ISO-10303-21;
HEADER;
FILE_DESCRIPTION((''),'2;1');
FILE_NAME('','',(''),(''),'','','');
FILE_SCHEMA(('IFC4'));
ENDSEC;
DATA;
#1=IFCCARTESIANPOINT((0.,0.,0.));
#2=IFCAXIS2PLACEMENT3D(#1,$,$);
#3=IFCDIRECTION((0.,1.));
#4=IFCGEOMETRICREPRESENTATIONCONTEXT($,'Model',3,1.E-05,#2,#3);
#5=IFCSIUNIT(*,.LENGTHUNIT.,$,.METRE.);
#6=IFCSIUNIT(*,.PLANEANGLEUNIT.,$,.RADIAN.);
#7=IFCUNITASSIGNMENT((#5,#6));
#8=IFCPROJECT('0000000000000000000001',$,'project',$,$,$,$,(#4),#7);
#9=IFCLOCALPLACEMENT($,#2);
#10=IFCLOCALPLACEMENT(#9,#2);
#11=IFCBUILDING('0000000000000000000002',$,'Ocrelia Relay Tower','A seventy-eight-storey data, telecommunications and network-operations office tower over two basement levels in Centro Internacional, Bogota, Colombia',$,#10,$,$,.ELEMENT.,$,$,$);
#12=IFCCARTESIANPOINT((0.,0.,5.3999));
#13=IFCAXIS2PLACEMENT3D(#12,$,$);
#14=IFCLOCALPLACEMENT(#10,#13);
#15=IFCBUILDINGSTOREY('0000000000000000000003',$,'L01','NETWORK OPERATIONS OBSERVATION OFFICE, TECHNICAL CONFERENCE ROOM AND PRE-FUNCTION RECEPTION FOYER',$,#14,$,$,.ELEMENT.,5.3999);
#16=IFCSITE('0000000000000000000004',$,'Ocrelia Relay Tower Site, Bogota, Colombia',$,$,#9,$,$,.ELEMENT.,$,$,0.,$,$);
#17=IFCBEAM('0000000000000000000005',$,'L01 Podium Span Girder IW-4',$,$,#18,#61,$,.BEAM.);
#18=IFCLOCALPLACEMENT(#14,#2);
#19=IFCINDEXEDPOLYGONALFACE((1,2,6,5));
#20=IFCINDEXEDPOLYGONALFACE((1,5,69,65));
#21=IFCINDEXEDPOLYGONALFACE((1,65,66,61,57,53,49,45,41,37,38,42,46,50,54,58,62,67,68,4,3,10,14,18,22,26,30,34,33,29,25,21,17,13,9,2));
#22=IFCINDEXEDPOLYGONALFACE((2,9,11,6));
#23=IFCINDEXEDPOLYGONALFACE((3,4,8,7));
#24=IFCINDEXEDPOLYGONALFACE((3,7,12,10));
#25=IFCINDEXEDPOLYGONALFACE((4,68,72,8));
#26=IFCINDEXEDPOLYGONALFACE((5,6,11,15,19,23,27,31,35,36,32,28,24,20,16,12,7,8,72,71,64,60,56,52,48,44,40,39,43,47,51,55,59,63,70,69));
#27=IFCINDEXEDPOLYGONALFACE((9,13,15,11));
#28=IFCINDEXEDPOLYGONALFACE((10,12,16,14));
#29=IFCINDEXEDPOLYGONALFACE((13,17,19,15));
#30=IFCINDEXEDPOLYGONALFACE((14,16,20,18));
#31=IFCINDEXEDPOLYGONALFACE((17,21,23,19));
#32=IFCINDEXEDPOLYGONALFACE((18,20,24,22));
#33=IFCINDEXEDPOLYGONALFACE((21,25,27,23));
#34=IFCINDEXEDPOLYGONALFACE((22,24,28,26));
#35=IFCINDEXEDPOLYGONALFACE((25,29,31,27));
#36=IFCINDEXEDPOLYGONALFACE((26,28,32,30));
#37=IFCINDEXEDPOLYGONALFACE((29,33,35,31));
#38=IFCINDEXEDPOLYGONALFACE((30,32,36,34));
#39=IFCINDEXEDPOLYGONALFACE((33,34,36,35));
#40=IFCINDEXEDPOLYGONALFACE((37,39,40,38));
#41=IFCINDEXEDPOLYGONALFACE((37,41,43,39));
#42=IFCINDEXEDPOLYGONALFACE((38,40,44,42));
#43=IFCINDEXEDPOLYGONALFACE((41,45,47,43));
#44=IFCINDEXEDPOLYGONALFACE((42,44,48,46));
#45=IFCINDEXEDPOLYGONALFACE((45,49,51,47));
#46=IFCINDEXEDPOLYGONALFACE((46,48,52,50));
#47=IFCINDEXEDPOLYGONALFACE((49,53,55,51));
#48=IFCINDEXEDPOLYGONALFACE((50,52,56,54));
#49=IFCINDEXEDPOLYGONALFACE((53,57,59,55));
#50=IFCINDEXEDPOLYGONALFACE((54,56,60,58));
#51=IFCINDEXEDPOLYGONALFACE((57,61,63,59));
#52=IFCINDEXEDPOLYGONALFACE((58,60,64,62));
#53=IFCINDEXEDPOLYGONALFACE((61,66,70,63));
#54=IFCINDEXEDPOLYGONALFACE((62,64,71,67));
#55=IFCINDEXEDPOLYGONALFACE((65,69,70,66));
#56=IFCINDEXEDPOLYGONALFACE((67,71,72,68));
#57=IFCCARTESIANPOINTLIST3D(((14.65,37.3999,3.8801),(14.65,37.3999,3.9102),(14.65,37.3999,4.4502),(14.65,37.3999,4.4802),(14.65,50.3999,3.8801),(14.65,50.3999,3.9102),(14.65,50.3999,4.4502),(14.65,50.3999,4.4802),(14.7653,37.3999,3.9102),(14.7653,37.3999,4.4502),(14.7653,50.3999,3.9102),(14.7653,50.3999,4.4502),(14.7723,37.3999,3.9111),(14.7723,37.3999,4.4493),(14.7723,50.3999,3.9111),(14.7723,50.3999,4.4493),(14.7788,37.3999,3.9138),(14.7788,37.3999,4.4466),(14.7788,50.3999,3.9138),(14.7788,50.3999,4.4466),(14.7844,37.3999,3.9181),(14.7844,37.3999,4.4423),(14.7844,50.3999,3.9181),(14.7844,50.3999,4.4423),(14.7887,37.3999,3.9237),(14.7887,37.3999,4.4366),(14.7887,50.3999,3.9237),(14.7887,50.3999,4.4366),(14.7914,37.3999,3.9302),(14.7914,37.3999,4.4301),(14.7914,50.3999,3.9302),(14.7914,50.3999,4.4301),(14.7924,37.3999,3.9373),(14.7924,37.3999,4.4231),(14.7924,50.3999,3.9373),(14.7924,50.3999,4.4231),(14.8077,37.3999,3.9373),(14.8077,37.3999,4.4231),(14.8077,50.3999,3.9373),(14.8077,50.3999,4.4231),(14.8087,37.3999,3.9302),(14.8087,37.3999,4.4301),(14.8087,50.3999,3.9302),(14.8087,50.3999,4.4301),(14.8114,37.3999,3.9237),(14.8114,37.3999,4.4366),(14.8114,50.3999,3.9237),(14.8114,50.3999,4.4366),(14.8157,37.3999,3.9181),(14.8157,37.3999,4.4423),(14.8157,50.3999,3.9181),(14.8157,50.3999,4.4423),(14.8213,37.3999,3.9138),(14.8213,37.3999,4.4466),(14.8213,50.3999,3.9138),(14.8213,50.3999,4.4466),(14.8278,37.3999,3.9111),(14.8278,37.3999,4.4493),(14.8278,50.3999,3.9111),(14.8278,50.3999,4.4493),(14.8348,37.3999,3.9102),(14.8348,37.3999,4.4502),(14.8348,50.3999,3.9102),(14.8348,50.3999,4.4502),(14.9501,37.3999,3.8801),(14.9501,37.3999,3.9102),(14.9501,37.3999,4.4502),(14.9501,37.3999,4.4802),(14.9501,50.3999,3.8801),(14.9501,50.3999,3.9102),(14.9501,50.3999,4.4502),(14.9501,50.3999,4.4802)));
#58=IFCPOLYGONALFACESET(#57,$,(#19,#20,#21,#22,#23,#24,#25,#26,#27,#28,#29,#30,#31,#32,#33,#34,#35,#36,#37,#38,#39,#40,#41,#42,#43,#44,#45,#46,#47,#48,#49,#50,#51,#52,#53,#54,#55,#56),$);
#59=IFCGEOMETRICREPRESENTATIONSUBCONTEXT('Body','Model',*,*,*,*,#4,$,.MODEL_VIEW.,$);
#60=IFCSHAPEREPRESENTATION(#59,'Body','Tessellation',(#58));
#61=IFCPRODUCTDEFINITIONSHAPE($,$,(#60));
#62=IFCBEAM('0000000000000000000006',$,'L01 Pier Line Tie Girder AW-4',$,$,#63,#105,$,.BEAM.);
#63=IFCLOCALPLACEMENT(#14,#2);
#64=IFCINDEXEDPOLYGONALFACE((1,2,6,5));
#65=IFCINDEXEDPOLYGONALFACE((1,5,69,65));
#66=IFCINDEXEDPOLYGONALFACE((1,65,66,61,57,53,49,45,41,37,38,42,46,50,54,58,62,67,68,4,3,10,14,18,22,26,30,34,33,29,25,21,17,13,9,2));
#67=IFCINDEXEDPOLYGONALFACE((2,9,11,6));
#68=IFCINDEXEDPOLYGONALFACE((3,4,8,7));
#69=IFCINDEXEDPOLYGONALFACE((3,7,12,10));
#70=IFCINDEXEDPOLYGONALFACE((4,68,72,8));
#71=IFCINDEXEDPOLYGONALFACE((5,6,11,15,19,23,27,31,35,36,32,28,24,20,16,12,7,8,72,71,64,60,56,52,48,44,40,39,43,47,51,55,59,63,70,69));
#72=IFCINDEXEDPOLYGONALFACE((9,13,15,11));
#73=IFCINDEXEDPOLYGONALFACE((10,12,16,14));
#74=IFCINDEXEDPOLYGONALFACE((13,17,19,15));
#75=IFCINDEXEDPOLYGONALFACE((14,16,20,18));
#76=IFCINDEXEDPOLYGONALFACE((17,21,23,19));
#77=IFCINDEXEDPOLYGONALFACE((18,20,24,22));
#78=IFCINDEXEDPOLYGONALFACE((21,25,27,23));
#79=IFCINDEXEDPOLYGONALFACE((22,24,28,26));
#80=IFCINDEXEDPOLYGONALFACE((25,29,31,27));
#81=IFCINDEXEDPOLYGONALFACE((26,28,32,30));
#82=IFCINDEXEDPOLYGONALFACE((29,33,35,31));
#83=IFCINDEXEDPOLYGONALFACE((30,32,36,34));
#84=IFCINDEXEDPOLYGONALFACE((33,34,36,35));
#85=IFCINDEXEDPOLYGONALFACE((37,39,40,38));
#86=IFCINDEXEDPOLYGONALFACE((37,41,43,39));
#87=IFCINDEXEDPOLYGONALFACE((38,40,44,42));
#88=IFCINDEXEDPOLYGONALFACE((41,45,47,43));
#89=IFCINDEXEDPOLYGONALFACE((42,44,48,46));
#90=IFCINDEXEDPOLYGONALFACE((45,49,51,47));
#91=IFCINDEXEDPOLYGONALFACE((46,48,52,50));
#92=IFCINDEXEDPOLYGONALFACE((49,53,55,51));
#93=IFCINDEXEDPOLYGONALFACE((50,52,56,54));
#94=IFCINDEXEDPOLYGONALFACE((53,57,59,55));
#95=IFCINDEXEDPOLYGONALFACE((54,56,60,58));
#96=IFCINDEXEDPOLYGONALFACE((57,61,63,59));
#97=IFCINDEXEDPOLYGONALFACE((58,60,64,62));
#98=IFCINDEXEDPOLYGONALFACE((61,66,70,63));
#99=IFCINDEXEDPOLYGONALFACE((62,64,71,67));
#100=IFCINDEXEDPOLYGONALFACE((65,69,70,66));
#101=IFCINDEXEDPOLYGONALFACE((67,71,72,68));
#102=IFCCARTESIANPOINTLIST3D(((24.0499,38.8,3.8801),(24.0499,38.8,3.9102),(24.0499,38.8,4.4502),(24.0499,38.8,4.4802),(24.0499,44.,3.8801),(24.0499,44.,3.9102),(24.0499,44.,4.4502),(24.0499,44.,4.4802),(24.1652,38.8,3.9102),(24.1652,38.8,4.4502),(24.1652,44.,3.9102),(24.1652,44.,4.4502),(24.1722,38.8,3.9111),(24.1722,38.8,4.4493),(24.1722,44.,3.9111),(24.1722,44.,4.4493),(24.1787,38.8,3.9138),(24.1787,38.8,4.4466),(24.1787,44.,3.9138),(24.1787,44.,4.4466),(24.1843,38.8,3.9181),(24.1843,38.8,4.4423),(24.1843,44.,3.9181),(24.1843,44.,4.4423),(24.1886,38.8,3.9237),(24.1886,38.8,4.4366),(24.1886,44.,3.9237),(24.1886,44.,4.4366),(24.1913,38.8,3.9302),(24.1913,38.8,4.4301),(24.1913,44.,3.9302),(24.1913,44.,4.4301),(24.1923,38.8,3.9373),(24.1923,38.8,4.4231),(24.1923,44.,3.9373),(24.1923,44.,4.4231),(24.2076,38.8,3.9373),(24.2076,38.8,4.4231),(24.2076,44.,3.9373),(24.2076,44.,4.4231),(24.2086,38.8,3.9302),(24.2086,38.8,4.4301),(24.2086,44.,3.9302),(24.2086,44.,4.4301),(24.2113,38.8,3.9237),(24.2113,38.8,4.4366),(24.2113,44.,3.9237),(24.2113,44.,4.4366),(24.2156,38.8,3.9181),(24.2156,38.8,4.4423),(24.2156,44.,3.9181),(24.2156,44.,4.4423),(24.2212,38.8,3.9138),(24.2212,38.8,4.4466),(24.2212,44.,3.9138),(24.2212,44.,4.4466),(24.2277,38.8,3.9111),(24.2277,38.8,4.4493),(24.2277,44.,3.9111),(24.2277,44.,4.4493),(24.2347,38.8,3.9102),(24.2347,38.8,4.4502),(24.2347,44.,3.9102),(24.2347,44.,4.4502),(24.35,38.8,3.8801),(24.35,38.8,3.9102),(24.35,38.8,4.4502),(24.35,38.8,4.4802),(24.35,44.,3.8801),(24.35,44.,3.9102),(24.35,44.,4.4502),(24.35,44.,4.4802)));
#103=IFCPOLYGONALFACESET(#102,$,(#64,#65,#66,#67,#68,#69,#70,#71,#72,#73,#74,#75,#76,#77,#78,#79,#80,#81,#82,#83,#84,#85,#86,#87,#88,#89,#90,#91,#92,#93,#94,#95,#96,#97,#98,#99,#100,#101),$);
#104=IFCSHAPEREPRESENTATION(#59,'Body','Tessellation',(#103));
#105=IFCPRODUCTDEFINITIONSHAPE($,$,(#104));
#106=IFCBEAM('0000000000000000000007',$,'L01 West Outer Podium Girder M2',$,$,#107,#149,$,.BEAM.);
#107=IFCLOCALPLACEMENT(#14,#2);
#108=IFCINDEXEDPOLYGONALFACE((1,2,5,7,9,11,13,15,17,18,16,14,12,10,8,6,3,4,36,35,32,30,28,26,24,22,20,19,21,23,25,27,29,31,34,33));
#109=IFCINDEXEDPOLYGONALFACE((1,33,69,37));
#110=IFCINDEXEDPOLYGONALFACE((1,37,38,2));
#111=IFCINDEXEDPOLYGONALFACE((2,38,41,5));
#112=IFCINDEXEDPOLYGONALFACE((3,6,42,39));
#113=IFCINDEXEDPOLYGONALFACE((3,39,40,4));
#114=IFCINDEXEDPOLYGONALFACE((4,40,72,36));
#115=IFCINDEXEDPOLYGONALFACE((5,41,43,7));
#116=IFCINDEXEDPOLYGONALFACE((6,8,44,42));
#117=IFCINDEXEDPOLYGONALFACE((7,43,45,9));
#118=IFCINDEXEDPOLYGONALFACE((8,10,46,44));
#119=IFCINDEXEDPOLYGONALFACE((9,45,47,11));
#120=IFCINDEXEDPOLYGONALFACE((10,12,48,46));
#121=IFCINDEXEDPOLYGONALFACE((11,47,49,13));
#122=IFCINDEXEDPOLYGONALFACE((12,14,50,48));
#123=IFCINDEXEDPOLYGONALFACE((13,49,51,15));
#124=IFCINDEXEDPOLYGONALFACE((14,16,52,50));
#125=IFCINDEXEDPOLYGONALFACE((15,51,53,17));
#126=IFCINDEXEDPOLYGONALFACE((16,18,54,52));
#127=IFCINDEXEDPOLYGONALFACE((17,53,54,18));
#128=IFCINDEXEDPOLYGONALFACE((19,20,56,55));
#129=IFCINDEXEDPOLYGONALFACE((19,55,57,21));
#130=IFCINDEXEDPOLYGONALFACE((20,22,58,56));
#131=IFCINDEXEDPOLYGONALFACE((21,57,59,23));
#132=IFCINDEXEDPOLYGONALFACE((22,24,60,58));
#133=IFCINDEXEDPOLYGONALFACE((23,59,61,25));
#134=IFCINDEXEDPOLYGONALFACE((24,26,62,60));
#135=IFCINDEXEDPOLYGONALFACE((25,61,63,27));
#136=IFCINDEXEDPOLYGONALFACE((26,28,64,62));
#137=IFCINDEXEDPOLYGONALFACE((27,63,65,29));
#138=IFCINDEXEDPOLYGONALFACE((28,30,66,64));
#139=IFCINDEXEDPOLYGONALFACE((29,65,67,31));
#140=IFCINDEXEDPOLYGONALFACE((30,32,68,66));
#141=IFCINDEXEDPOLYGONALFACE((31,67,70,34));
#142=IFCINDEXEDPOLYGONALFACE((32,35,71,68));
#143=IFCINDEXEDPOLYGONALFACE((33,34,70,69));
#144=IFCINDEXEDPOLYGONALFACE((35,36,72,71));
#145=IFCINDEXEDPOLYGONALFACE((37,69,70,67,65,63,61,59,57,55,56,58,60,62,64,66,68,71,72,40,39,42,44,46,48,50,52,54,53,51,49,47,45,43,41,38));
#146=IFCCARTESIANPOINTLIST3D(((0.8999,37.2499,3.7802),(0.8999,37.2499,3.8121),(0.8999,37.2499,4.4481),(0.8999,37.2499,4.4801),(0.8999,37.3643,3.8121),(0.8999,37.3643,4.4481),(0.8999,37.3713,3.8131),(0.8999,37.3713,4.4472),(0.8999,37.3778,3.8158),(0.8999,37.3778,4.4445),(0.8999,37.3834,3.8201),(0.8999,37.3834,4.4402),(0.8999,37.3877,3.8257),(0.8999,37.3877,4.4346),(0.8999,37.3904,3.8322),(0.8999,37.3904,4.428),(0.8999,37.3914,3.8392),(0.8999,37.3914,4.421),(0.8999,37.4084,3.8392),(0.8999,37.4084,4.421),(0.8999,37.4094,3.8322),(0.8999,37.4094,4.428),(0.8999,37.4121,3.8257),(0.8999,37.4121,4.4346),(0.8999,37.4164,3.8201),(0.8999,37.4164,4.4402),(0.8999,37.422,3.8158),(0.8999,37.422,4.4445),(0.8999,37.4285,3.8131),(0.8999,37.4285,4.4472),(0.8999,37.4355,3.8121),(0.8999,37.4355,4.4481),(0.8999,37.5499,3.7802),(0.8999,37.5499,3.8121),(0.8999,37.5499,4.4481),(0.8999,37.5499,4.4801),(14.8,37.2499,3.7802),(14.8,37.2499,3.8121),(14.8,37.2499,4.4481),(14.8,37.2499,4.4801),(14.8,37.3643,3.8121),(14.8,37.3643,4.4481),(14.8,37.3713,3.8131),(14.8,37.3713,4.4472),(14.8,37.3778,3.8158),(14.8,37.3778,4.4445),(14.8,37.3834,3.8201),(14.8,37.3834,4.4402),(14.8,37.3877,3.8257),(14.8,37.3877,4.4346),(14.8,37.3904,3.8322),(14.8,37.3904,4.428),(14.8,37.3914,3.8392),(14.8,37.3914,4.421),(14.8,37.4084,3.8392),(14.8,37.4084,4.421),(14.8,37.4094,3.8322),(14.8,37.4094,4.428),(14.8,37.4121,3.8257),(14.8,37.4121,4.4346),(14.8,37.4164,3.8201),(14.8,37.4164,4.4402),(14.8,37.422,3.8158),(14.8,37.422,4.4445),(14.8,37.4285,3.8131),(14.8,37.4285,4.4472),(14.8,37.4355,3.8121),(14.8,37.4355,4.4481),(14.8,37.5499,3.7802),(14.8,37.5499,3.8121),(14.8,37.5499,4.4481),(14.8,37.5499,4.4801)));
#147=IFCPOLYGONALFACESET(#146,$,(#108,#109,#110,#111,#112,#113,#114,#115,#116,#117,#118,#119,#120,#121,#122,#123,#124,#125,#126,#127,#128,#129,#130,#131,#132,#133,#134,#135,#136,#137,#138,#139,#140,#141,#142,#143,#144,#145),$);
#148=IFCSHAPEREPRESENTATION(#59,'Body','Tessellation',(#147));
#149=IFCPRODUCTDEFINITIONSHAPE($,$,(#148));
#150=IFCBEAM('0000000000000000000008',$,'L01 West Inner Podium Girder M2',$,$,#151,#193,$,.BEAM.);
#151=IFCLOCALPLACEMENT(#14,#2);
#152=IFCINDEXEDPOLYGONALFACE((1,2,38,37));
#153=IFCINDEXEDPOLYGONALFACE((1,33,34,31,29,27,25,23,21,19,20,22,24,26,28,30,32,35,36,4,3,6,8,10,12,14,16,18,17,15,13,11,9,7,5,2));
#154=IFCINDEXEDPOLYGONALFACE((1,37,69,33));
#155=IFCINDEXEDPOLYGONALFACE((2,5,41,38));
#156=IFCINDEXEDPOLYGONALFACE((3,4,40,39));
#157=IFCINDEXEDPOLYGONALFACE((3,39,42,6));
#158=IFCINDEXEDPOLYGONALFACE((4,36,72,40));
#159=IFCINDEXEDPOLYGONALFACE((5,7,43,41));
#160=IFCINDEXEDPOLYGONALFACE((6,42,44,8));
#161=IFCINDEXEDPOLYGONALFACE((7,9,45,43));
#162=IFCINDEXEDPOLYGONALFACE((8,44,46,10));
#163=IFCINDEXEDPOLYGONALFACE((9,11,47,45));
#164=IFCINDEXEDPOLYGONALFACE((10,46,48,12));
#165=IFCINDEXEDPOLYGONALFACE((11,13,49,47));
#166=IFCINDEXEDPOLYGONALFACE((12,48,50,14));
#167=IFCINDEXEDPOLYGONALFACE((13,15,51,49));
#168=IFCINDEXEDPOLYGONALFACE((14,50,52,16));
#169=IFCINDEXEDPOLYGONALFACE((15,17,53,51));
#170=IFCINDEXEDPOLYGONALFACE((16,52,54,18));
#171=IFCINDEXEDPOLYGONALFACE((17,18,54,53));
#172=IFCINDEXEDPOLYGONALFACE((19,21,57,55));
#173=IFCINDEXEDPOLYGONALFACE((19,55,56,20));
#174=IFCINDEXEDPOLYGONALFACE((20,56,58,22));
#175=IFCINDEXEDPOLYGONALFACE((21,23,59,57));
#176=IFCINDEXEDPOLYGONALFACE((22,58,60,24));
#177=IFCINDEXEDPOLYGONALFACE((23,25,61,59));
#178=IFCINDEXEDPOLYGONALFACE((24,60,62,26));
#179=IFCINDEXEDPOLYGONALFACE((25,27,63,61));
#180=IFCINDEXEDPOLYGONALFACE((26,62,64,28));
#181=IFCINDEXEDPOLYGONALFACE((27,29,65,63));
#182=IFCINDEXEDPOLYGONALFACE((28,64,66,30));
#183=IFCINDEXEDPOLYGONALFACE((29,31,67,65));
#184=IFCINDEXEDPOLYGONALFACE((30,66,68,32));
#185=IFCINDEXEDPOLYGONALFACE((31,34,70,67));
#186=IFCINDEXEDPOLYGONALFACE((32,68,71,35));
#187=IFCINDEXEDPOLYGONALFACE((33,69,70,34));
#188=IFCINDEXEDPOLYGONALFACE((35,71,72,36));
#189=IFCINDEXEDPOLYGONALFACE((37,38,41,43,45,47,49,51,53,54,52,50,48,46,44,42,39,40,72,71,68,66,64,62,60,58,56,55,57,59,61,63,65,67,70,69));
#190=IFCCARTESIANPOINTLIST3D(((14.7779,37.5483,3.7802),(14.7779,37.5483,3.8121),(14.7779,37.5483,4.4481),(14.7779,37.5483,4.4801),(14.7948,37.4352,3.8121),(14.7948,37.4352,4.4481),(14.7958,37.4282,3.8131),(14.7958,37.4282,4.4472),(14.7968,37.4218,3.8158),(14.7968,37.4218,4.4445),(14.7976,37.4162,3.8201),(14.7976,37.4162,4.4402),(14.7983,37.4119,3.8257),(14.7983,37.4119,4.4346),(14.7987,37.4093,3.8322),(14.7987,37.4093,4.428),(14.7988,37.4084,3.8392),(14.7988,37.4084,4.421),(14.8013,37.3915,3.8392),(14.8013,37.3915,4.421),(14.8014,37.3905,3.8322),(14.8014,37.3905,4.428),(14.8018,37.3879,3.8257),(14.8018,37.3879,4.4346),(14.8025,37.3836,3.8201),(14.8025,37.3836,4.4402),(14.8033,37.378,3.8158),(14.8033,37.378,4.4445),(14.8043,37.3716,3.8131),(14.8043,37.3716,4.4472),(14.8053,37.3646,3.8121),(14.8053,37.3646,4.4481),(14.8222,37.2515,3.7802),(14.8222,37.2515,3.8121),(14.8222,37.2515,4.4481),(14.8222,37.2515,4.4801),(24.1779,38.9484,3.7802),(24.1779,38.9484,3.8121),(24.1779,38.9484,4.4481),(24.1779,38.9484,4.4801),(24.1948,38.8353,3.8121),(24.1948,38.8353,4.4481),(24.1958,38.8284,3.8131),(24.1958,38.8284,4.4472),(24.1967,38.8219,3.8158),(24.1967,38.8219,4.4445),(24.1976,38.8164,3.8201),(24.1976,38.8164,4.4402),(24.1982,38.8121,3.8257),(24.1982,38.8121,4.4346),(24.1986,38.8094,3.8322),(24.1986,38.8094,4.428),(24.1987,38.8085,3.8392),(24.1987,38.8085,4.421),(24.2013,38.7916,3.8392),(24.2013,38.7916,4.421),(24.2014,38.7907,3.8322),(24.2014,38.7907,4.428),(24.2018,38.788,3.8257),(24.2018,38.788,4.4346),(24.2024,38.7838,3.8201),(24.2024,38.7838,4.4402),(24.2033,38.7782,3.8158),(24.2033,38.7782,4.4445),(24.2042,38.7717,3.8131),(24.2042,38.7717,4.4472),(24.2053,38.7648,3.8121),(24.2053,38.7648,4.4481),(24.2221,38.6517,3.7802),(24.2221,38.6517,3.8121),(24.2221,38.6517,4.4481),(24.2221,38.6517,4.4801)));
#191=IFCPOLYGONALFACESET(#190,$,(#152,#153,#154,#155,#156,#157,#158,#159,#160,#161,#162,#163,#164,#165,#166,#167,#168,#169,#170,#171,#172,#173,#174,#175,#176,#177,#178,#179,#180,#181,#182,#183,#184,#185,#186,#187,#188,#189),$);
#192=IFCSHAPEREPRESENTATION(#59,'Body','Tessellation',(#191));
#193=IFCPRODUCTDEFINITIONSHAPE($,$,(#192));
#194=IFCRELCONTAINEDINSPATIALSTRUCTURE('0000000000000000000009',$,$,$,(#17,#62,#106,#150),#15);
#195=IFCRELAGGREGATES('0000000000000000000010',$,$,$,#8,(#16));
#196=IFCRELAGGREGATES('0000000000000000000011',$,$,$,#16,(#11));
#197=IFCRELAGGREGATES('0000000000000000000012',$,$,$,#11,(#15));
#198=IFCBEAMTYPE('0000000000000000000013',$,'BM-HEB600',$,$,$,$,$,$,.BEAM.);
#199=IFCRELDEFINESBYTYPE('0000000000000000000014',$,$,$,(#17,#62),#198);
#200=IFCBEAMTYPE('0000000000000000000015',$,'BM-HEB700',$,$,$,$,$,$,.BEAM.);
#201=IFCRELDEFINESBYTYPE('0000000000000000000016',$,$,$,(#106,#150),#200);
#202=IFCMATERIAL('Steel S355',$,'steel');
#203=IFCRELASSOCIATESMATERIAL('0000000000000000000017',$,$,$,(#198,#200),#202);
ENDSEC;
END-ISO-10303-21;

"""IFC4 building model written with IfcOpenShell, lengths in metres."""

from ifc_helpers import new_model, si_unit, direction, frame, origin, origin_2d, place, context, subcontext, project, spatial, i_section, extrude, material, material_profile, profile_set, type_object, element, save


model = new_model("IFC4")

# Units and contexts
model_context = context("Model", 3, precision=1e-05, world=origin(), true_north=direction((0.0, 1.0)))
body_context = subcontext(model_context, "Body", "Model", "MODEL_VIEW")
ifc_project = project(units=[si_unit("LENGTHUNIT", "METRE"), si_unit("PLANEANGLEUNIT", "RADIAN")], contexts=[model_context])

# Site, building, storey
site_placement = place(None, origin())
site = spatial("IfcSite", under=ifc_project, at=site_placement, Name="Ocrelia Relay Tower Site, Bogota, Colombia", CompositionType="ELEMENT", RefElevation=0.0)
building_placement = place(site_placement, origin())
building = spatial("IfcBuilding", under=site, at=building_placement, Name="Ocrelia Relay Tower", Description="A seventy-eight-storey data, telecommunications and network-operations office tower over two basement levels in Centro Internacional, Bogota, Colombia", CompositionType="ELEMENT")
storey_placement = place(building_placement, frame((0.0, 0.0, 5.3999)))
storey = spatial("IfcBuildingStorey", under=building, at=storey_placement, Name="L01", Description="NETWORK OPERATIONS OBSERVATION OFFICE, TECHNICAL CONFERENCE ROOM AND PRE-FUNCTION RECEPTION FOYER", CompositionType="ELEMENT", Elevation=5.3999)

# Beams
ifc_material_1 = material(Name="Steel S355", Category="steel")
ifc_material_profile_1 = material_profile(ifc_material_1, i_section(OverallWidth=0.3, OverallDepth=0.6001, WebThickness=0.0154, FlangeThickness=0.03, FilletRadius=0.0271, at=origin_2d()), Name="HEB 600")
ifc_profile_set_1 = profile_set([ifc_material_profile_1], Name="Steel S355")
beam_type_1 = type_object("IfcBeamType", Name="BM-HEB600", PredefinedType="BEAM", material=ifc_profile_set_1)
for number, where, z_axis, x_axis, name in (
    (1, (14.8, 37.3999, 4.1802), (0.0, 1.0, 0.0), (-1.0, 0.0, 0.0), "L01 Podium Span Girder IW-4"),
):
    element("IfcBeam", number, at=place(storey_placement, frame(where, z_axis=z_axis, x_axis=x_axis)), inside=storey, type_object=beam_type_1, Name=name, PredefinedType="BEAM", context=body_context, shape_type="SweptSolid", body=[
        extrude(i_section(OverallWidth=0.3, OverallDepth=0.6001, WebThickness=0.0154, FlangeThickness=0.03, FilletRadius=0.0271, at=origin_2d()), origin(), (0.0, 0.0, 1.0), 13.0),
    ])
beam_1_placement = place(storey_placement, frame((24.2, 38.8, 4.1802), z_axis=(0.0, 1.0, 0.0), x_axis=(-1.0, 0.0, 0.0)))
element("IfcBeam", 2, at=beam_1_placement, inside=storey, type_object=beam_type_1, Name="L01 Pier Line Tie Girder AW-4", PredefinedType="BEAM", context=body_context, shape_type="SweptSolid", body=[
    extrude(i_section(OverallWidth=0.3, OverallDepth=0.6001, WebThickness=0.0154, FlangeThickness=0.03, FilletRadius=0.0271, at=origin_2d()), origin(), (0.0, 0.0, 1.0), 5.2),
])
ifc_material_profile_2 = material_profile(ifc_material_1, i_section(OverallWidth=0.3, OverallDepth=0.7, WebThickness=0.0171, FlangeThickness=0.032, FilletRadius=0.0271, at=origin_2d()), Name="HEB 700")
ifc_profile_set_2 = profile_set([ifc_material_profile_2], Name="Steel S355")
beam_type_2 = type_object("IfcBeamType", Name="BM-HEB700", PredefinedType="BEAM", material=ifc_profile_set_2)
beam_2_placement = place(storey_placement, frame((0.8999, 37.3999, 4.1301), z_axis=(1.0, 0.0, 0.0), x_axis=(0.0, 1.0, 0.0)))
element("IfcBeam", 3, at=beam_2_placement, inside=storey, type_object=beam_type_2, Name="L01 West Outer Podium Girder M2", PredefinedType="BEAM", context=body_context, shape_type="SweptSolid", body=[
    extrude(i_section(OverallWidth=0.3, OverallDepth=0.7, WebThickness=0.0171, FlangeThickness=0.032, FilletRadius=0.0271, at=origin_2d()), origin(), (0.0, 0.0, 1.0), 13.9001),
])
beam_3_placement = place(storey_placement, frame((14.8, 37.3999, 4.1301), z_axis=(0.989088, 0.147328, 0.0), x_axis=(-0.147328, 0.989088, 0.0)))
element("IfcBeam", 4, at=beam_3_placement, inside=storey, type_object=beam_type_2, Name="L01 West Inner Podium Girder M2", PredefinedType="BEAM", context=body_context, shape_type="SweptSolid", body=[
    extrude(i_section(OverallWidth=0.3, OverallDepth=0.7, WebThickness=0.0171, FlangeThickness=0.032, FilletRadius=0.0271, at=origin_2d()), origin(), (0.0, 0.0, 1.0), 9.5037),
])

save(model, "model.ifc")
